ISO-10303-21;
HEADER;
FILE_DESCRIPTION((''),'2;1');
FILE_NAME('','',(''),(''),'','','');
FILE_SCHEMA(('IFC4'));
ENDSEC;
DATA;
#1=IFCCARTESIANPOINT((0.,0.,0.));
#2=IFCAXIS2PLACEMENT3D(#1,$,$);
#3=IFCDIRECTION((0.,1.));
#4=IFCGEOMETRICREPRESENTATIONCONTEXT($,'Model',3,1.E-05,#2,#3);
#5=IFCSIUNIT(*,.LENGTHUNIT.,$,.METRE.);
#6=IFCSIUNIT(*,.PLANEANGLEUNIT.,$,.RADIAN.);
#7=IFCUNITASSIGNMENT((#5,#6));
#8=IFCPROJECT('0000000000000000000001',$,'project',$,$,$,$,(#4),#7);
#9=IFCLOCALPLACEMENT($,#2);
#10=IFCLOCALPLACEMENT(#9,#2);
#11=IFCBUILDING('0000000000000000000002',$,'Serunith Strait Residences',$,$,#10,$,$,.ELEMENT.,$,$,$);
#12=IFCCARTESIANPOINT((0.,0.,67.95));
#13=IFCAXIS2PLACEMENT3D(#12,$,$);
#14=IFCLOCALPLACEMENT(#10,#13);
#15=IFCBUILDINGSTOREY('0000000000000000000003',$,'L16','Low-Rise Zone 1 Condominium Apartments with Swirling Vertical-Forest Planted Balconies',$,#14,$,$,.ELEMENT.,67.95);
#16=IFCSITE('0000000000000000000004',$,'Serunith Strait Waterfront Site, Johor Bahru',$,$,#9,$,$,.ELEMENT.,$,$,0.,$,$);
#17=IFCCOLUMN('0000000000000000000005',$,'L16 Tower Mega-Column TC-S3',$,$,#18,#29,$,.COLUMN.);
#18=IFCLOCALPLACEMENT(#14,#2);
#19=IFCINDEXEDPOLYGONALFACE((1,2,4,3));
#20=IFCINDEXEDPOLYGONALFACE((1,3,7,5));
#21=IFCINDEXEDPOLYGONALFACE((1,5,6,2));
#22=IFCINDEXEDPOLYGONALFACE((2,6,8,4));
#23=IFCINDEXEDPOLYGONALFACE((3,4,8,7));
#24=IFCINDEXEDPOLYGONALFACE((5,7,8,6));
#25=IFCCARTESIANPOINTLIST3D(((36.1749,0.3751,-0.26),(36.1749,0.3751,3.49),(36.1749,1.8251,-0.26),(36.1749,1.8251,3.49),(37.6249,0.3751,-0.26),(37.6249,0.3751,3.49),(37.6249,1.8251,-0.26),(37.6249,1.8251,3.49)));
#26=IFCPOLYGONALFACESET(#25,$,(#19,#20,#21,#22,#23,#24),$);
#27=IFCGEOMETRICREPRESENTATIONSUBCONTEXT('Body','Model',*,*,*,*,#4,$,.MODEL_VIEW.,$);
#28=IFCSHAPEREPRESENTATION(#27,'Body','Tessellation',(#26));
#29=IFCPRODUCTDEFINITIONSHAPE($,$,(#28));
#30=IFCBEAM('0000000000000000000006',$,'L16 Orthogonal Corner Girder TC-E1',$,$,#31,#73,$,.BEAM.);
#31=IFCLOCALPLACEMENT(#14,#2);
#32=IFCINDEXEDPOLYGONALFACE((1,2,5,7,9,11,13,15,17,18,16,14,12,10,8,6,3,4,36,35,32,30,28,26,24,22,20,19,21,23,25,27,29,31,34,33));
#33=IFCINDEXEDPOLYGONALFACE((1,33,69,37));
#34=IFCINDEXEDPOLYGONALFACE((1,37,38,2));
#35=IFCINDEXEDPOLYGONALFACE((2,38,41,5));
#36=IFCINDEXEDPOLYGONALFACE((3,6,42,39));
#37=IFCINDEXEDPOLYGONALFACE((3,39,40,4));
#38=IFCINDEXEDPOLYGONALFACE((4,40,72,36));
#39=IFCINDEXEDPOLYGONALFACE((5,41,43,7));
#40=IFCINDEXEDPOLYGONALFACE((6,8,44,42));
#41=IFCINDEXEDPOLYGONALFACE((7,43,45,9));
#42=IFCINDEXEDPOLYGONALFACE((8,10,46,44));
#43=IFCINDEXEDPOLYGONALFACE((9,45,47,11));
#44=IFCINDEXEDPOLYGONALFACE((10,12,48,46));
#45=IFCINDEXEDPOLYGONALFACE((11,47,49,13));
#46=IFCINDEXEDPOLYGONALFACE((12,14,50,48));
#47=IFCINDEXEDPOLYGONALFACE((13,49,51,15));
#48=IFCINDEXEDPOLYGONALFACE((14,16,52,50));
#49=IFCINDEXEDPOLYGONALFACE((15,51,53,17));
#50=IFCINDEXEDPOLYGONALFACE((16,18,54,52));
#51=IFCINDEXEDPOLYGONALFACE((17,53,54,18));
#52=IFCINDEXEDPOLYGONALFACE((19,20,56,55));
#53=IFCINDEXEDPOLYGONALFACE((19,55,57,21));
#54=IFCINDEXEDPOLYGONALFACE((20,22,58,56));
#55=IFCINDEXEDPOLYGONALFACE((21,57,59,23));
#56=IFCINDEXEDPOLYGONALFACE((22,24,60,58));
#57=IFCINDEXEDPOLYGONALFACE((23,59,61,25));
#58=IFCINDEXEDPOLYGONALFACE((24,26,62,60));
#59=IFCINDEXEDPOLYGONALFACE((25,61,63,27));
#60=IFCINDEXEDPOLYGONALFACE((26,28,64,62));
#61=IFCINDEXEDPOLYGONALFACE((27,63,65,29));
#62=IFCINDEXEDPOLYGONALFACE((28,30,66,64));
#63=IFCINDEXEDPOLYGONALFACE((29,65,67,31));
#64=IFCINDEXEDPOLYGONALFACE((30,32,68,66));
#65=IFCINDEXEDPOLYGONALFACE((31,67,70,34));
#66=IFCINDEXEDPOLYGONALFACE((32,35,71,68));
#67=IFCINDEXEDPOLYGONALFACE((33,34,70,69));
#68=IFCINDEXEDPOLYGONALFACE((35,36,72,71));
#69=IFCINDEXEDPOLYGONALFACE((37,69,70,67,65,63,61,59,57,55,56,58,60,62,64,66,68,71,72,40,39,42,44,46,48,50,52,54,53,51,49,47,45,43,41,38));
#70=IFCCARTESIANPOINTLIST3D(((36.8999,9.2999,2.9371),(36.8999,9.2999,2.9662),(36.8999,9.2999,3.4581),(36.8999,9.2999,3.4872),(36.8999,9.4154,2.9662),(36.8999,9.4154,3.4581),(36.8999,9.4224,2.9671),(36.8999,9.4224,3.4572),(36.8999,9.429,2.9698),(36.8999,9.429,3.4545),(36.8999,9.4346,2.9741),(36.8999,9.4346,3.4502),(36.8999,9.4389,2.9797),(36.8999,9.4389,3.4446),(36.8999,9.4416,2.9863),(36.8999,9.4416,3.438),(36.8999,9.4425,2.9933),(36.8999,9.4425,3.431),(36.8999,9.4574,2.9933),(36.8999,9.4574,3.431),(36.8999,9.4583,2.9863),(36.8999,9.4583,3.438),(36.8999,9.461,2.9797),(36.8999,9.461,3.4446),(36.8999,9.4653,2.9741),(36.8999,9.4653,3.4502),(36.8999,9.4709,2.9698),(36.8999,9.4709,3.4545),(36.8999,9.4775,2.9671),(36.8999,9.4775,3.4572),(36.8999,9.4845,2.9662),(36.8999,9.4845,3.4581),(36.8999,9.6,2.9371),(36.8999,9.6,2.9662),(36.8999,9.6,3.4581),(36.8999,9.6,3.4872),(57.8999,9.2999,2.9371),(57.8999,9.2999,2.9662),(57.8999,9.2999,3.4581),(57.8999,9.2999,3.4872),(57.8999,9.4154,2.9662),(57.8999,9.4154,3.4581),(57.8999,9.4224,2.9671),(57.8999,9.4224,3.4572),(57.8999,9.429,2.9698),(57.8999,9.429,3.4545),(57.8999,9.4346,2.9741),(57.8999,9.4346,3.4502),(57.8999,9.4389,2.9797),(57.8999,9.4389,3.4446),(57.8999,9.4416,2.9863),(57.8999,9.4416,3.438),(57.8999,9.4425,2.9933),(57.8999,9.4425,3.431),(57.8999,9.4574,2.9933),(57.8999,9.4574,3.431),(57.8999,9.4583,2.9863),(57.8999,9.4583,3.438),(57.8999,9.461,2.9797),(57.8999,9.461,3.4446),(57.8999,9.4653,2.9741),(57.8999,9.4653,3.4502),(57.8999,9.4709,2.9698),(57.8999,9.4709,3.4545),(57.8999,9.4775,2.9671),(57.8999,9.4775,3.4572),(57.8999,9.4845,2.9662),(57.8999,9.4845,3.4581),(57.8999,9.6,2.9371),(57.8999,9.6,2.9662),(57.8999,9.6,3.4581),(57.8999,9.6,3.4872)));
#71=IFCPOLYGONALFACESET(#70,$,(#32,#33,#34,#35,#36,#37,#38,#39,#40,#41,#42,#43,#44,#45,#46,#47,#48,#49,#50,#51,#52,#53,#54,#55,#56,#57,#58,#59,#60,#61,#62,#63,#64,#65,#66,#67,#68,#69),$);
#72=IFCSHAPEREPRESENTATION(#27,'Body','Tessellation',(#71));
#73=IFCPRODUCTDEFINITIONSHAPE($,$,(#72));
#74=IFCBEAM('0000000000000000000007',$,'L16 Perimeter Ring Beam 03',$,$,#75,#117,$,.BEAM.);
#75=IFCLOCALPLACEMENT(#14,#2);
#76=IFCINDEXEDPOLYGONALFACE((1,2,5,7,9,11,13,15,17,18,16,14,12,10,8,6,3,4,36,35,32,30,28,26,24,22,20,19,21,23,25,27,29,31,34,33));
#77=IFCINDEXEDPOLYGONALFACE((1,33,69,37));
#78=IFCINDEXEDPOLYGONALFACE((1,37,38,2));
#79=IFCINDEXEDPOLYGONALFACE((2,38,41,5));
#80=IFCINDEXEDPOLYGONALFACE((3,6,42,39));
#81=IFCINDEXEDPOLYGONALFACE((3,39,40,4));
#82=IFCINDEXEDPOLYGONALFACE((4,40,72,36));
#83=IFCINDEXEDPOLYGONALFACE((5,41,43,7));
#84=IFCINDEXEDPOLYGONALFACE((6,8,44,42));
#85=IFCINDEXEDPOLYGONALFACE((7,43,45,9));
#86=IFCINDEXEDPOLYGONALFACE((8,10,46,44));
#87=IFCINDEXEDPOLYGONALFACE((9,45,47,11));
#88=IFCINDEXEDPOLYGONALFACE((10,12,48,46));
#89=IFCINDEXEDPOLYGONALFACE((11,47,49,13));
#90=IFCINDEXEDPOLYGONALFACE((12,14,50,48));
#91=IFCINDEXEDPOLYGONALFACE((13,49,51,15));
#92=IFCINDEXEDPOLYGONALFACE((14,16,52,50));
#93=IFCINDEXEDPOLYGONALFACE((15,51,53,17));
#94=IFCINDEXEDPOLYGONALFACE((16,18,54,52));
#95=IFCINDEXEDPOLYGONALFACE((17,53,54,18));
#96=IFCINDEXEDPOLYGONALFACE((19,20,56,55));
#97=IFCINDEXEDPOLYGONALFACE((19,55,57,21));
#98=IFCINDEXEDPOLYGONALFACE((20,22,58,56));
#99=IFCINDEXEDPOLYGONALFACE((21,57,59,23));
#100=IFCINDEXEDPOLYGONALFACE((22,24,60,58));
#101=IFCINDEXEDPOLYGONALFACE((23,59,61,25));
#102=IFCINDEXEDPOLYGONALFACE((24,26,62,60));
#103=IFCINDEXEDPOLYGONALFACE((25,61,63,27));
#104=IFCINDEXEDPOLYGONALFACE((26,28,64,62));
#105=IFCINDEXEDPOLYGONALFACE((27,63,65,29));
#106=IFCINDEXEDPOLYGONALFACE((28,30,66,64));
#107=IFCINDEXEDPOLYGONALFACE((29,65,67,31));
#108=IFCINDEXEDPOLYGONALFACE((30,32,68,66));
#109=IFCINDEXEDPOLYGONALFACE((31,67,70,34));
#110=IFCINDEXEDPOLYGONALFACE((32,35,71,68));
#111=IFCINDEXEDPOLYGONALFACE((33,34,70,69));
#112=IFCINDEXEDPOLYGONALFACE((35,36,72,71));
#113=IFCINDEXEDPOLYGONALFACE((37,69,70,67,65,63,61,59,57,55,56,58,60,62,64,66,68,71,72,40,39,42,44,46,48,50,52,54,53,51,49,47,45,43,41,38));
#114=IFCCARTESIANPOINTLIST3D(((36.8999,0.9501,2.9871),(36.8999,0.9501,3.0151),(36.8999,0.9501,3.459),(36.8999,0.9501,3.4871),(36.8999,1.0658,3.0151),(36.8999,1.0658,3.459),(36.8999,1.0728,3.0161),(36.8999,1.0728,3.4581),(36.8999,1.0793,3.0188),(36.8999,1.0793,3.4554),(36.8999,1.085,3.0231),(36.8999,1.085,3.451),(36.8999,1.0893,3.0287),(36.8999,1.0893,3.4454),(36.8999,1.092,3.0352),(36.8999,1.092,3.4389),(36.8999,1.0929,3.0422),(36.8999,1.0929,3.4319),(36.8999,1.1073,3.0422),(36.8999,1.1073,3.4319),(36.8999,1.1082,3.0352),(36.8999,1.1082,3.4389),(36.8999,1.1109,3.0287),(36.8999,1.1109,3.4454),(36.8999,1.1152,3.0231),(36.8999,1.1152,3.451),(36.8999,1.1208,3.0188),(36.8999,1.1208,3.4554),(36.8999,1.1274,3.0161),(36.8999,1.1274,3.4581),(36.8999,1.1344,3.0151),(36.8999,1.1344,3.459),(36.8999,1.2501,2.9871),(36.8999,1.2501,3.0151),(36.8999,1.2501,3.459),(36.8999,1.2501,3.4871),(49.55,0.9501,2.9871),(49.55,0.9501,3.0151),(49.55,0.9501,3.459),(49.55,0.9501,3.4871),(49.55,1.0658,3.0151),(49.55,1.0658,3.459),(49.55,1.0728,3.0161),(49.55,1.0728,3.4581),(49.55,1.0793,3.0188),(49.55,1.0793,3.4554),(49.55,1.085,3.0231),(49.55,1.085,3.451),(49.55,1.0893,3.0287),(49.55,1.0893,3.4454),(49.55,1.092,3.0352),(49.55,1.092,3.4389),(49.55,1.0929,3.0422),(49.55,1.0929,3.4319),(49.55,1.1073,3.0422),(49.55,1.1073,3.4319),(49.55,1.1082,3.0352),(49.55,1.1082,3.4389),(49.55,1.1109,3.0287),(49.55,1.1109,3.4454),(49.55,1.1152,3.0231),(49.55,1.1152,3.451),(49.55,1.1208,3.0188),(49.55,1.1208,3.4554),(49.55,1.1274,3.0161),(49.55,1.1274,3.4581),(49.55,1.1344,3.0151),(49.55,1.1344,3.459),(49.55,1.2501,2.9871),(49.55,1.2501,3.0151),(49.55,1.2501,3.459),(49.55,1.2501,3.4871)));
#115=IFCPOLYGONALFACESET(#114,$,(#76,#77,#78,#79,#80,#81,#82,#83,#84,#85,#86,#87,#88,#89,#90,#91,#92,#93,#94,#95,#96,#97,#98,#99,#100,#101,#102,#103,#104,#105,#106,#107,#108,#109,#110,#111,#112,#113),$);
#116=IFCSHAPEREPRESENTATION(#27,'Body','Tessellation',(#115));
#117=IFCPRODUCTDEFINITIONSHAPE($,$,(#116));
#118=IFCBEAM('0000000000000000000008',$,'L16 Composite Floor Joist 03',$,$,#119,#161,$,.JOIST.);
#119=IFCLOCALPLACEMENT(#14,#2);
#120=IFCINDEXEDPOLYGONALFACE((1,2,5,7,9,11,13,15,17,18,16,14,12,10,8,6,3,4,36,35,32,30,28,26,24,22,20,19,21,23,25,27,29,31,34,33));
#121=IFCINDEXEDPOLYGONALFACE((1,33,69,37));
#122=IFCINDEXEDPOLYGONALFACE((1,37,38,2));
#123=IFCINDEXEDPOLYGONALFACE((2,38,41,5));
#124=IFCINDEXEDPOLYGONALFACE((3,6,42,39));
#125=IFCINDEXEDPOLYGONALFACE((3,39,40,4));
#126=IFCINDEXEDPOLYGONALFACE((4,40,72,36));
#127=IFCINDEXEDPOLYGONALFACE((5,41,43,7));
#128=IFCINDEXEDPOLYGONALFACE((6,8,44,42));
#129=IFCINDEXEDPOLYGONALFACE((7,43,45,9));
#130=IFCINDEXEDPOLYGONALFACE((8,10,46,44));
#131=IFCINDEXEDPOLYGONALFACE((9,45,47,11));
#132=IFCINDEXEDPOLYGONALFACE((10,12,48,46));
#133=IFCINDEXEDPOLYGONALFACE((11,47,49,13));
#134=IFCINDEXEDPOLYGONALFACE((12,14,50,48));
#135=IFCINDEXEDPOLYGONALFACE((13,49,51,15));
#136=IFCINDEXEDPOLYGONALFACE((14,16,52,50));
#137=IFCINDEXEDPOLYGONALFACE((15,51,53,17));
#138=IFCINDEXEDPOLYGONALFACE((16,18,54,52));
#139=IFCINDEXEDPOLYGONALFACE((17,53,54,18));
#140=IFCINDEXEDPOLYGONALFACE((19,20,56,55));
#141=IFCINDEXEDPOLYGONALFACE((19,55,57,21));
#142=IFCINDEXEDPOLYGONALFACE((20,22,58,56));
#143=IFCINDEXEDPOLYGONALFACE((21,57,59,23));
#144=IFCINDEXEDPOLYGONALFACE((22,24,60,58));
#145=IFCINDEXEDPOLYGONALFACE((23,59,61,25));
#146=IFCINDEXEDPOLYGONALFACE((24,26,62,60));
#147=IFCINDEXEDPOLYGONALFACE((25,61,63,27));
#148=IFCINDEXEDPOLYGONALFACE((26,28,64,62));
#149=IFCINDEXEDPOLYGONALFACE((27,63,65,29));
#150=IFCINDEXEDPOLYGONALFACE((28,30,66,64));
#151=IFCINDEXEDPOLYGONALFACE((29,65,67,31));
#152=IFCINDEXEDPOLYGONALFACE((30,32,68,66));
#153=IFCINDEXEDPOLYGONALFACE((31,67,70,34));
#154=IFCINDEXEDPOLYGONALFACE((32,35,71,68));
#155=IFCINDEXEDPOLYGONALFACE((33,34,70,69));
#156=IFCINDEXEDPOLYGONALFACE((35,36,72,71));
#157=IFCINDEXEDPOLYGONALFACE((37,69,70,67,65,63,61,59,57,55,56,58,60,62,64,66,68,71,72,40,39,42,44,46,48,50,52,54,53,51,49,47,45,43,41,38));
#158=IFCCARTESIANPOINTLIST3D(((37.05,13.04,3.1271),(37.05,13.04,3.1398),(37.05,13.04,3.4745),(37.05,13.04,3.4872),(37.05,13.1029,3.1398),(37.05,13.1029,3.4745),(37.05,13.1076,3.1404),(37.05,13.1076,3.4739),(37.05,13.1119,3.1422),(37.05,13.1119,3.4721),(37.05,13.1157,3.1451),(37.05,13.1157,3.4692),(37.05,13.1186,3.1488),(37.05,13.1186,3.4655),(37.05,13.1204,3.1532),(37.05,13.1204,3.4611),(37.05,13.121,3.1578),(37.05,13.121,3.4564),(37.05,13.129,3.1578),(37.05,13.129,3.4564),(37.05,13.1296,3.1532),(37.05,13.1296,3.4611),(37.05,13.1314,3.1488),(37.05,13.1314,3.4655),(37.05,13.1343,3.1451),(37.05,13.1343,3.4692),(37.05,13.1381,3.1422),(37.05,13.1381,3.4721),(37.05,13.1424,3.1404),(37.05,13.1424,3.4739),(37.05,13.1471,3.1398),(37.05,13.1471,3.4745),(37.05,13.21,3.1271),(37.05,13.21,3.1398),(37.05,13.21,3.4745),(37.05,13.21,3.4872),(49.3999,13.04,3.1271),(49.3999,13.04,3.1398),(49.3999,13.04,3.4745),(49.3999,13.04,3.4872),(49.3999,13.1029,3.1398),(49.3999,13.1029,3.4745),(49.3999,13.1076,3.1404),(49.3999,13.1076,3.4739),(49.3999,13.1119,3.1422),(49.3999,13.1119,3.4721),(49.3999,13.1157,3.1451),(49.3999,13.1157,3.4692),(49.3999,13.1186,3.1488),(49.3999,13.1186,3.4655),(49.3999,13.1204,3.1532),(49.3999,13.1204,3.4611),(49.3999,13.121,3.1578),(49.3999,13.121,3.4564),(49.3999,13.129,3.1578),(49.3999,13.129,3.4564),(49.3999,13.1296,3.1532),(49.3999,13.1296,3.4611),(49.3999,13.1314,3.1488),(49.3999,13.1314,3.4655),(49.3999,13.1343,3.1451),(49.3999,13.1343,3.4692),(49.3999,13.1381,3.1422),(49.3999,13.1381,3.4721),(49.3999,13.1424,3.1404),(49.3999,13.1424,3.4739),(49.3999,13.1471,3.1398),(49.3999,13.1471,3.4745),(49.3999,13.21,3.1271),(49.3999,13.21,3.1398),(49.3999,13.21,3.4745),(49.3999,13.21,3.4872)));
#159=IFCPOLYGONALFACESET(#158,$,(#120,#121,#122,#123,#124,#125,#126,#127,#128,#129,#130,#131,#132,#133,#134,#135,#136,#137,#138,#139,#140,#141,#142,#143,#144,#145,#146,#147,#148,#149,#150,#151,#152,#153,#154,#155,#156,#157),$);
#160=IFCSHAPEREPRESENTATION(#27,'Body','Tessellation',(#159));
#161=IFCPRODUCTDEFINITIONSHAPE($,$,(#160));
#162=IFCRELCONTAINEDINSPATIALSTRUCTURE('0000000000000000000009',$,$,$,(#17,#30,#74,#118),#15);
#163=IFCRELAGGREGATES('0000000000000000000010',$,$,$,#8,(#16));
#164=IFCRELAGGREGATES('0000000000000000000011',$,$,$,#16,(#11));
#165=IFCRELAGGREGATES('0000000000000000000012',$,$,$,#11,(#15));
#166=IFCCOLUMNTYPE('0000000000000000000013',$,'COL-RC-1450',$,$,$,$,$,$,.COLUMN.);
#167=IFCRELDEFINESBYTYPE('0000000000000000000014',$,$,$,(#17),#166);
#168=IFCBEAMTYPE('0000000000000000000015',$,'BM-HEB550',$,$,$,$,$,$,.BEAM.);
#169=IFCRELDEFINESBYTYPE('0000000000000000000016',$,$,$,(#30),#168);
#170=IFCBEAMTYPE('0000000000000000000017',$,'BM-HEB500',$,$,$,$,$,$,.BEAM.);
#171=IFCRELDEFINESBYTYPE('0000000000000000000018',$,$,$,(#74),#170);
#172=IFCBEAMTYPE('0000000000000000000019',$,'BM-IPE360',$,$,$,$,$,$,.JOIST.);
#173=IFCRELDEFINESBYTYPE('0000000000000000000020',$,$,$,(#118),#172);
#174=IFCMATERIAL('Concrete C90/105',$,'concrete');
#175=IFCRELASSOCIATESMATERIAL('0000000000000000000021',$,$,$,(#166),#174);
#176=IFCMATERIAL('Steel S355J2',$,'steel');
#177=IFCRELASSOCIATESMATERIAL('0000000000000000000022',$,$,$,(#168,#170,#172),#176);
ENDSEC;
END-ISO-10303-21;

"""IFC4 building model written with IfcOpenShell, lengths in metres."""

from ifc_helpers import new_model, si_unit, direction, frame, origin, origin_2d, place, context, subcontext, project, spatial, rectangle, i_section, extrude, source, transform, mapped, material, material_profile, profile_set, type_object, element, save


model = new_model("IFC4")

# Units and contexts
model_context = context("Model", 3, precision=1e-05, world=origin(), true_north=direction((0.0, 1.0)))
body_context = subcontext(model_context, "Body", "Model", "MODEL_VIEW")
ifc_project = project(units=[si_unit("LENGTHUNIT", "METRE"), si_unit("PLANEANGLEUNIT", "RADIAN")], contexts=[model_context])

# Site, building, storey
site_placement = place(None, origin())
site = spatial("IfcSite", under=ifc_project, at=site_placement, Name="Serunith Strait Waterfront Site, Johor Bahru", CompositionType="ELEMENT", RefElevation=0.0)
building_placement = place(site_placement, origin())
building = spatial("IfcBuilding", under=site, at=building_placement, Name="Serunith Strait Residences", CompositionType="ELEMENT")
storey_placement = place(building_placement, frame((0.0, 0.0, 67.95)))
storey = spatial("IfcBuildingStorey", under=building, at=storey_placement, Name="L16", Description="Low-Rise Zone 1 Condominium Apartments with Swirling Vertical-Forest Planted Balconies", CompositionType="ELEMENT", Elevation=67.95)

# Column
ifc_material_1 = material(Name="Concrete C90/105", Category="concrete")
ifc_material_profile_1 = material_profile(ifc_material_1, rectangle(XDim=1.45, YDim=1.45, at=origin_2d()), Name="RC 1450x1450")
ifc_profile_set_1 = profile_set([ifc_material_profile_1], Name="Concrete C90/105")
column_type = type_object("IfcColumnType", Name="COL-RC-1450", PredefinedType="COLUMN", material=ifc_profile_set_1)
shared_shape_1 = source(origin(), body_context, "Body", "SweptSolid", [
    extrude(rectangle(XDim=1.45, YDim=1.45, at=origin_2d()), origin(), (0.0, 0.0, 1.0), 3.75),
])
column_placement = place(storey_placement, frame((36.8999, 1.1001, -0.26), z_axis=(0.0, 0.0, 1.0), x_axis=(1.0, 0.0, 0.0)))
element("IfcColumn", 1, at=column_placement, inside=storey, type_object=column_type, Name="L16 Tower Mega-Column TC-S3", PredefinedType="COLUMN", context=body_context, shape_type="MappedRepresentation", body=[
    mapped(shared_shape_1, transform((0.0, 0.0, 0.0), scale=1.0)),
])

# Beams
ifc_material_2 = material(Name="Steel S355J2", Category="steel")
ifc_material_profile_2 = material_profile(ifc_material_2, i_section(OverallWidth=0.3, OverallDepth=0.55, WebThickness=0.0149, FlangeThickness=0.0291, FilletRadius=0.0271, at=origin_2d()), Name="HEB 550")
ifc_profile_set_2 = profile_set([ifc_material_profile_2], Name="Steel S355J2")
beam_type_1 = type_object("IfcBeamType", Name="BM-HEB550", PredefinedType="BEAM", material=ifc_profile_set_2)
shared_shape_2 = source(origin(), body_context, "Body", "SweptSolid", [
    extrude(i_section(OverallWidth=0.3, OverallDepth=0.55, WebThickness=0.0149, FlangeThickness=0.0291, FilletRadius=0.0271, at=origin_2d()), origin(), (0.0, 0.0, 1.0), 21.0),
])
beam_1_placement = place(storey_placement, frame((36.8999, 9.45, 3.2122), z_axis=(1.0, 0.0, 0.0), x_axis=(0.0, 1.0, 0.0)))
element("IfcBeam", 2, at=beam_1_placement, inside=storey, type_object=beam_type_1, Name="L16 Orthogonal Corner Girder TC-E1", PredefinedType="BEAM", context=body_context, shape_type="MappedRepresentation", body=[
    mapped(shared_shape_2, transform((0.0, 0.0, 0.0), scale=1.0)),
])
ifc_material_profile_3 = material_profile(ifc_material_2, i_section(OverallWidth=0.3, OverallDepth=0.5, WebThickness=0.0144, FlangeThickness=0.0281, FilletRadius=0.0271, at=origin_2d()), Name="HEB 500")
ifc_profile_set_3 = profile_set([ifc_material_profile_3], Name="Steel S355J2")
beam_type_2 = type_object("IfcBeamType", Name="BM-HEB500", PredefinedType="BEAM", material=ifc_profile_set_3)
shared_shape_3 = source(origin(), body_context, "Body", "SweptSolid", [
    extrude(i_section(OverallWidth=0.3, OverallDepth=0.5, WebThickness=0.0144, FlangeThickness=0.0281, FilletRadius=0.0271, at=origin_2d()), origin(), (0.0, 0.0, 1.0), 12.6501),
])
beam_2_placement = place(storey_placement, frame((36.8999, 1.1001, 3.2371), z_axis=(1.0, 0.0, 0.0), x_axis=(0.0, 1.0, 0.0)))
element("IfcBeam", 3, at=beam_2_placement, inside=storey, type_object=beam_type_2, Name="L16 Perimeter Ring Beam 03", PredefinedType="BEAM", context=body_context, shape_type="MappedRepresentation", body=[
    mapped(shared_shape_3, transform((0.0, 0.0, 0.0), scale=1.0)),
])
ifc_material_profile_4 = material_profile(ifc_material_2, i_section(OverallWidth=0.1699, OverallDepth=0.3601, WebThickness=0.0081, FlangeThickness=0.0127, FilletRadius=0.0181, at=origin_2d()), Name="IPE 360")
ifc_profile_set_4 = profile_set([ifc_material_profile_4], Name="Steel S355J2")
beam_type_3 = type_object("IfcBeamType", Name="BM-IPE360", PredefinedType="JOIST", material=ifc_profile_set_4)
shared_shape_4 = source(origin(), body_context, "Body", "SweptSolid", [
    extrude(i_section(OverallWidth=0.1699, OverallDepth=0.3601, WebThickness=0.0081, FlangeThickness=0.0127, FilletRadius=0.0181, at=origin_2d()), origin(), (0.0, 0.0, 1.0), 12.3499),
])
beam_3_placement = place(storey_placement, frame((37.05, 13.125, 3.3071), z_axis=(1.0, 0.0, 0.0), x_axis=(0.0, 1.0, 0.0)))
element("IfcBeam", 4, at=beam_3_placement, inside=storey, type_object=beam_type_3, Name="L16 Composite Floor Joist 03", PredefinedType="JOIST", context=body_context, shape_type="MappedRepresentation", body=[
    mapped(shared_shape_4, transform((0.0, 0.0, 0.0), scale=1.0)),
])

save(model, "model.ifc")
